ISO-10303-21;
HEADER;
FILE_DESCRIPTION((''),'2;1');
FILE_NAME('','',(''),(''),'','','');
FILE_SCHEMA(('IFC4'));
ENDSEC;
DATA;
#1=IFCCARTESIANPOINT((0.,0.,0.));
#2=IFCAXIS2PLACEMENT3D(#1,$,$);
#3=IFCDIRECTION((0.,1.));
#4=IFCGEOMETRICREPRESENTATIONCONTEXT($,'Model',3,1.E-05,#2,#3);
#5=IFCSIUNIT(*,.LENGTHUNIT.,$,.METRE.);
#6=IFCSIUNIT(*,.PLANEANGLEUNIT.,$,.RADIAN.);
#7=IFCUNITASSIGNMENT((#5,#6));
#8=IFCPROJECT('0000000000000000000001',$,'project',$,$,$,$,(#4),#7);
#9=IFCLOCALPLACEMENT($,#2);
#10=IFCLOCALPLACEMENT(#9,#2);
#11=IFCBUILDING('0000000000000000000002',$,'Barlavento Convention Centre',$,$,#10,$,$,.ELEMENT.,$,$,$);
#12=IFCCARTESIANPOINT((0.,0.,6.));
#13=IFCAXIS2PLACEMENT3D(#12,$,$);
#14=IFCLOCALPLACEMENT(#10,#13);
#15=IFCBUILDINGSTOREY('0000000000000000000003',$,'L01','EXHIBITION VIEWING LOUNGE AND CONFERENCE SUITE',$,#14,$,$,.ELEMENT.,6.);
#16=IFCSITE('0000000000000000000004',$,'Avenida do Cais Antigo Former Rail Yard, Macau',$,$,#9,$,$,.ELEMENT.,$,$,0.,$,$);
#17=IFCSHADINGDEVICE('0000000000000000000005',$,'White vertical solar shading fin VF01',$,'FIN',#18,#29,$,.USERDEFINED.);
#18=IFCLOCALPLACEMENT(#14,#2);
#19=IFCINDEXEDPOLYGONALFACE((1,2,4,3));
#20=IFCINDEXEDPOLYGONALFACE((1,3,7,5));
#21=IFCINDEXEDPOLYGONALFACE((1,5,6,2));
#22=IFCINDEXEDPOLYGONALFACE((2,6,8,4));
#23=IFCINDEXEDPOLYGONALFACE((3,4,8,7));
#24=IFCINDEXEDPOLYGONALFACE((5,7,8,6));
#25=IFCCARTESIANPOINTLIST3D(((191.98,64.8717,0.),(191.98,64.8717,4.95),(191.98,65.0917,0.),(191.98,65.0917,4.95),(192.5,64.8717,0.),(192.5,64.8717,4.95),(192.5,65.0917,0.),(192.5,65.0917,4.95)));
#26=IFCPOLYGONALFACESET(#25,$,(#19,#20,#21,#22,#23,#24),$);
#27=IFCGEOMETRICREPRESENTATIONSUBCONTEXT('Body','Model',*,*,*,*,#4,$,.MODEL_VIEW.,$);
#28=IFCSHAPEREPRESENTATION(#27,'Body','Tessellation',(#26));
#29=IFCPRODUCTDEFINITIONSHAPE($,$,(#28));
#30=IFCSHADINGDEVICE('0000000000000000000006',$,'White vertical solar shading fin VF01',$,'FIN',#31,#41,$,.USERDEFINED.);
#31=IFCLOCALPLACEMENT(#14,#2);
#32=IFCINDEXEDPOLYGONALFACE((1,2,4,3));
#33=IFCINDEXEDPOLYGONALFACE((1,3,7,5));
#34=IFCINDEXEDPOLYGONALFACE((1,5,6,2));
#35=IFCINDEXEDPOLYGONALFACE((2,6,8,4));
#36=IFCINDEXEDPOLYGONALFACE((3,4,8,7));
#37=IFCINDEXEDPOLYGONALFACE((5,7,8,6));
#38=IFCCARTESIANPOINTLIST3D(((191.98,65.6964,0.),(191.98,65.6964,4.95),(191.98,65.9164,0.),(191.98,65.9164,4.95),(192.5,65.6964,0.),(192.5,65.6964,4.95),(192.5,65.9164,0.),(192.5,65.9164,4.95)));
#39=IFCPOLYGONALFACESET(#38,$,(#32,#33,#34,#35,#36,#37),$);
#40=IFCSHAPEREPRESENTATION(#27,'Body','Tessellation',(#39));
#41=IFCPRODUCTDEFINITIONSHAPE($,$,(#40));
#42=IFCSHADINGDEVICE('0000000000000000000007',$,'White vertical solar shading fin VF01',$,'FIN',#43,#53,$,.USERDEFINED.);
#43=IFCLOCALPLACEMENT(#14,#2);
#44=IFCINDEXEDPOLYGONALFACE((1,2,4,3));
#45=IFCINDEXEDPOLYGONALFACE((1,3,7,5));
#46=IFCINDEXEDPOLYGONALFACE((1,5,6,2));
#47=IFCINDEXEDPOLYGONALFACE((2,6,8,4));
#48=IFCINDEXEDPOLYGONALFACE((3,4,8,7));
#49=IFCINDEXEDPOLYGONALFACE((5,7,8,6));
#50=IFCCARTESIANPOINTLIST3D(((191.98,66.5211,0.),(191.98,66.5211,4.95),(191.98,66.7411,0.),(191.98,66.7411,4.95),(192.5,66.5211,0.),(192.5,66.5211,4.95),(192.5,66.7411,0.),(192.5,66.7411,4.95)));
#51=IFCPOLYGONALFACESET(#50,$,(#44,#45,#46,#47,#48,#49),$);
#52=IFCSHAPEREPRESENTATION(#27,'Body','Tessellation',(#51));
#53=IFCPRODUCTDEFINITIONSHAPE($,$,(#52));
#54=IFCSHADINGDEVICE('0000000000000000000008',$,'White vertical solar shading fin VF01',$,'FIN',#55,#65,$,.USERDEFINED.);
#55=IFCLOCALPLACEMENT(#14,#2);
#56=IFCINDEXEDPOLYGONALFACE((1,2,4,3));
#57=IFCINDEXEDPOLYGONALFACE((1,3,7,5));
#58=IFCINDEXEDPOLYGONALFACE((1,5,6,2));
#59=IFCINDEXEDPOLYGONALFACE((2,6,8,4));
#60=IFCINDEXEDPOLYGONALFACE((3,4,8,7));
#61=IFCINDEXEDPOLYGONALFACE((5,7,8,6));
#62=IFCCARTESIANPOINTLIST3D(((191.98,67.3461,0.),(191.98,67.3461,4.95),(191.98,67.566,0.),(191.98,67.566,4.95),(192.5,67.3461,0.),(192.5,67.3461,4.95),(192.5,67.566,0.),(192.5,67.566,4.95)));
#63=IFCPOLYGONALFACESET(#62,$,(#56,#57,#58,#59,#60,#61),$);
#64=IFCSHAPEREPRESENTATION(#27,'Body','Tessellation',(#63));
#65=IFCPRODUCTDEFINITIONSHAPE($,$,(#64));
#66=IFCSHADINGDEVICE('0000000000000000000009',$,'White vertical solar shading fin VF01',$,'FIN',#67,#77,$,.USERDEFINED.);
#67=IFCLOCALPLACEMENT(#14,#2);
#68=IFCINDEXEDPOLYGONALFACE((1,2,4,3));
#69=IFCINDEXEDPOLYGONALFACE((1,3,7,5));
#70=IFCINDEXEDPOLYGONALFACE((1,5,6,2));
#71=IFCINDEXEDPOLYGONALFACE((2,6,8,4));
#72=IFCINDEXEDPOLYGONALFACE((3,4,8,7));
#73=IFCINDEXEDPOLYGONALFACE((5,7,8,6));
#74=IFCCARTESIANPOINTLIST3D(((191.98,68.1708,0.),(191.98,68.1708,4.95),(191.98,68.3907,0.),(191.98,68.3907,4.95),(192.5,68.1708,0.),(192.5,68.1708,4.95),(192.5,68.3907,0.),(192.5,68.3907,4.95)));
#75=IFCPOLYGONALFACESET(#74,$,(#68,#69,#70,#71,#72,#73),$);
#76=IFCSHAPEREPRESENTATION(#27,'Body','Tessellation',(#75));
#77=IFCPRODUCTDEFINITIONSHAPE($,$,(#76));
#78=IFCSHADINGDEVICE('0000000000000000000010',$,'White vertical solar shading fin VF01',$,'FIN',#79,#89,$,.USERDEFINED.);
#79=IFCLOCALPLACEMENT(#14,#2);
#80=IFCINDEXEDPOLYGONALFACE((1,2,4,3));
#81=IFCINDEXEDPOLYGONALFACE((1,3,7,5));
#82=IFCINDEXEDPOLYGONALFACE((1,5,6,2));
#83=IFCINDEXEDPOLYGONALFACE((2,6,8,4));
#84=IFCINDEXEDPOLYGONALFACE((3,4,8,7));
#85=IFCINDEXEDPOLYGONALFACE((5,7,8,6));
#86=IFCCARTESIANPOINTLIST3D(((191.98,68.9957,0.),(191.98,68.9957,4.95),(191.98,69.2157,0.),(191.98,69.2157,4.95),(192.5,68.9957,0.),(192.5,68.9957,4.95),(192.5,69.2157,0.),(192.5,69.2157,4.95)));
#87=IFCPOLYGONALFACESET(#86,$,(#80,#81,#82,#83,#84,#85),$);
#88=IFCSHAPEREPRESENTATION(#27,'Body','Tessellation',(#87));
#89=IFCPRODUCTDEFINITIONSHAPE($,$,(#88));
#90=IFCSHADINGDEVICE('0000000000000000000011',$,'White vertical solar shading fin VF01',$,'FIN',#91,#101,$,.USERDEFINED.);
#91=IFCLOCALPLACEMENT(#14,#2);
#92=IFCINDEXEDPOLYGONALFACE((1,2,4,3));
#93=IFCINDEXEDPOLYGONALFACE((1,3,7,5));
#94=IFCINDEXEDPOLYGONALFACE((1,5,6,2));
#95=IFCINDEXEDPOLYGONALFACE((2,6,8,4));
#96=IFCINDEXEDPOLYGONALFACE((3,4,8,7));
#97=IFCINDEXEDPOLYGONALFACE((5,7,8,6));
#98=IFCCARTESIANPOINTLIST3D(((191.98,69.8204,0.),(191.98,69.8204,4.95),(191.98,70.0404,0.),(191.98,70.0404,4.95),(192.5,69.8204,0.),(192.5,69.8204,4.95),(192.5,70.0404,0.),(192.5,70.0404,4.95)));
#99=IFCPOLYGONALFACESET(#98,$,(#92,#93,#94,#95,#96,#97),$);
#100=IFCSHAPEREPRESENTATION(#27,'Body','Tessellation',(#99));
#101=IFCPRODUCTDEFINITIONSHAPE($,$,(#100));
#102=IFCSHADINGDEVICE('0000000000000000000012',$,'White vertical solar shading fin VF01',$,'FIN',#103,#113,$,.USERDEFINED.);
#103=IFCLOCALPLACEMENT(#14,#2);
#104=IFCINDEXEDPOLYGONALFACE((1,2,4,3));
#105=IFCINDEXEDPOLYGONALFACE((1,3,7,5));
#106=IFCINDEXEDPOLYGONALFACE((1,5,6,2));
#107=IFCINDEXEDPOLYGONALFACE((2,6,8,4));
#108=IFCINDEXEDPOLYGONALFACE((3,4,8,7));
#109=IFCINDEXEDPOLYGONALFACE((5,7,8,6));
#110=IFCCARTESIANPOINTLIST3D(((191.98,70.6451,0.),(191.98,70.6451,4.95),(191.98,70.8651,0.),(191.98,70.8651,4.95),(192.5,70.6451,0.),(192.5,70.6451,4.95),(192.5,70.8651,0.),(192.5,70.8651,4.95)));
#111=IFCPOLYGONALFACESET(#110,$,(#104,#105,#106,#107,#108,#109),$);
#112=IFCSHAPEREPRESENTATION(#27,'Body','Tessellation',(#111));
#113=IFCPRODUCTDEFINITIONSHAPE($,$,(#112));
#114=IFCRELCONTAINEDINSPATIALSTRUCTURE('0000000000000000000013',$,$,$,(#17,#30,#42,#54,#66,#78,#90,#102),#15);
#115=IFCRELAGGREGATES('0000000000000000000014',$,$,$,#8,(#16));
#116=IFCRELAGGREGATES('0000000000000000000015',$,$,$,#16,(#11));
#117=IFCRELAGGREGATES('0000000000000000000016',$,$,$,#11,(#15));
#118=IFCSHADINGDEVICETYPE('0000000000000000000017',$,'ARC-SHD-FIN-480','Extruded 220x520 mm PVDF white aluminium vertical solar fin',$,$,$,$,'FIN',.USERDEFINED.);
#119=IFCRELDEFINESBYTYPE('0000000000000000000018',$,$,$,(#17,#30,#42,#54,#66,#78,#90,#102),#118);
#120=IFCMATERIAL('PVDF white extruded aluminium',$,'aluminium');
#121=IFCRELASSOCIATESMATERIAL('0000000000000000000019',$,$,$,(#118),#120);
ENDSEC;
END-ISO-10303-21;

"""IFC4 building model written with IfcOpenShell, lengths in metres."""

from ifc_helpers import new_model, si_unit, direction, frame, origin, origin_2d, place, context, subcontext, project, spatial, rectangle, extrude, material, type_object, element, save


model = new_model("IFC4")

# Units and contexts
model_context = context("Model", 3, precision=1e-05, world=origin(), true_north=direction((0.0, 1.0)))
body_context = subcontext(model_context, "Body", "Model", "MODEL_VIEW")
ifc_project = project(units=[si_unit("LENGTHUNIT", "METRE"), si_unit("PLANEANGLEUNIT", "RADIAN")], contexts=[model_context])

# Site, building, storey
site_placement = place(None, origin())
site = spatial("IfcSite", under=ifc_project, at=site_placement, Name="Avenida do Cais Antigo Former Rail Yard, Macau", CompositionType="ELEMENT", RefElevation=0.0)
building_placement = place(site_placement, origin())
building = spatial("IfcBuilding", under=site, at=building_placement, Name="Barlavento Convention Centre", CompositionType="ELEMENT")
storey_placement = place(building_placement, frame((0.0, 0.0, 6.0)))
storey = spatial("IfcBuildingStorey", under=building, at=storey_placement, Name="L01", Description="EXHIBITION VIEWING LOUNGE AND CONFERENCE SUITE", CompositionType="ELEMENT", Elevation=6.0)

# Shading devices
ifc_material_1 = material(Name="PVDF white extruded aluminium", Category="aluminium")
shading_device_type = type_object("IfcShadingDeviceType", Name="ARC-SHD-FIN-480", Description="Extruded 220x520 mm PVDF white aluminium vertical solar fin", ElementType="FIN", PredefinedType="USERDEFINED", material=ifc_material_1)
for number, where, z_axis, x_axis, name in (
    (1, (192.24, 64.9817, 0.0), (0.0, 0.0, 1.0), (0.0, 1.0, 0.0), "White vertical solar shading fin VF01"),
    (2, (192.24, 65.8064, 0.0), (0.0, 0.0, 1.0), (0.0, 1.0, 0.0), "White vertical solar shading fin VF01"),
    (3, (192.24, 66.6311, 0.0), (0.0, 0.0, 1.0), (0.0, 1.0, 0.0), "White vertical solar shading fin VF01"),
    (4, (192.24, 67.4561, 0.0), (0.0, 0.0, 1.0), (0.0, 1.0, 0.0), "White vertical solar shading fin VF01"),
    (5, (192.24, 68.2808, 0.0), (0.0, 0.0, 1.0), (0.0, 1.0, 0.0), "White vertical solar shading fin VF01"),
    (6, (192.24, 69.1057, 0.0), (0.0, 0.0, 1.0), (0.0, 1.0, 0.0), "White vertical solar shading fin VF01"),
    (7, (192.24, 69.9304, 0.0), (0.0, 0.0, 1.0), (0.0, 1.0, 0.0), "White vertical solar shading fin VF01"),
    (8, (192.24, 70.7551, 0.0), (0.0, 0.0, 1.0), (0.0, 1.0, 0.0), "White vertical solar shading fin VF01"),
):
    element("IfcShadingDevice", number, at=place(storey_placement, frame(where, z_axis=z_axis, x_axis=x_axis)), inside=storey, type_object=shading_device_type, Name=name, ObjectType="FIN", PredefinedType="USERDEFINED", context=body_context, shape_type="SweptSolid", body=[
        extrude(rectangle(XDim=0.22, YDim=0.52, at=origin_2d()), origin(), (0.0, 0.0, 1.0), 4.95),
    ])

save(model, "model.ifc")
